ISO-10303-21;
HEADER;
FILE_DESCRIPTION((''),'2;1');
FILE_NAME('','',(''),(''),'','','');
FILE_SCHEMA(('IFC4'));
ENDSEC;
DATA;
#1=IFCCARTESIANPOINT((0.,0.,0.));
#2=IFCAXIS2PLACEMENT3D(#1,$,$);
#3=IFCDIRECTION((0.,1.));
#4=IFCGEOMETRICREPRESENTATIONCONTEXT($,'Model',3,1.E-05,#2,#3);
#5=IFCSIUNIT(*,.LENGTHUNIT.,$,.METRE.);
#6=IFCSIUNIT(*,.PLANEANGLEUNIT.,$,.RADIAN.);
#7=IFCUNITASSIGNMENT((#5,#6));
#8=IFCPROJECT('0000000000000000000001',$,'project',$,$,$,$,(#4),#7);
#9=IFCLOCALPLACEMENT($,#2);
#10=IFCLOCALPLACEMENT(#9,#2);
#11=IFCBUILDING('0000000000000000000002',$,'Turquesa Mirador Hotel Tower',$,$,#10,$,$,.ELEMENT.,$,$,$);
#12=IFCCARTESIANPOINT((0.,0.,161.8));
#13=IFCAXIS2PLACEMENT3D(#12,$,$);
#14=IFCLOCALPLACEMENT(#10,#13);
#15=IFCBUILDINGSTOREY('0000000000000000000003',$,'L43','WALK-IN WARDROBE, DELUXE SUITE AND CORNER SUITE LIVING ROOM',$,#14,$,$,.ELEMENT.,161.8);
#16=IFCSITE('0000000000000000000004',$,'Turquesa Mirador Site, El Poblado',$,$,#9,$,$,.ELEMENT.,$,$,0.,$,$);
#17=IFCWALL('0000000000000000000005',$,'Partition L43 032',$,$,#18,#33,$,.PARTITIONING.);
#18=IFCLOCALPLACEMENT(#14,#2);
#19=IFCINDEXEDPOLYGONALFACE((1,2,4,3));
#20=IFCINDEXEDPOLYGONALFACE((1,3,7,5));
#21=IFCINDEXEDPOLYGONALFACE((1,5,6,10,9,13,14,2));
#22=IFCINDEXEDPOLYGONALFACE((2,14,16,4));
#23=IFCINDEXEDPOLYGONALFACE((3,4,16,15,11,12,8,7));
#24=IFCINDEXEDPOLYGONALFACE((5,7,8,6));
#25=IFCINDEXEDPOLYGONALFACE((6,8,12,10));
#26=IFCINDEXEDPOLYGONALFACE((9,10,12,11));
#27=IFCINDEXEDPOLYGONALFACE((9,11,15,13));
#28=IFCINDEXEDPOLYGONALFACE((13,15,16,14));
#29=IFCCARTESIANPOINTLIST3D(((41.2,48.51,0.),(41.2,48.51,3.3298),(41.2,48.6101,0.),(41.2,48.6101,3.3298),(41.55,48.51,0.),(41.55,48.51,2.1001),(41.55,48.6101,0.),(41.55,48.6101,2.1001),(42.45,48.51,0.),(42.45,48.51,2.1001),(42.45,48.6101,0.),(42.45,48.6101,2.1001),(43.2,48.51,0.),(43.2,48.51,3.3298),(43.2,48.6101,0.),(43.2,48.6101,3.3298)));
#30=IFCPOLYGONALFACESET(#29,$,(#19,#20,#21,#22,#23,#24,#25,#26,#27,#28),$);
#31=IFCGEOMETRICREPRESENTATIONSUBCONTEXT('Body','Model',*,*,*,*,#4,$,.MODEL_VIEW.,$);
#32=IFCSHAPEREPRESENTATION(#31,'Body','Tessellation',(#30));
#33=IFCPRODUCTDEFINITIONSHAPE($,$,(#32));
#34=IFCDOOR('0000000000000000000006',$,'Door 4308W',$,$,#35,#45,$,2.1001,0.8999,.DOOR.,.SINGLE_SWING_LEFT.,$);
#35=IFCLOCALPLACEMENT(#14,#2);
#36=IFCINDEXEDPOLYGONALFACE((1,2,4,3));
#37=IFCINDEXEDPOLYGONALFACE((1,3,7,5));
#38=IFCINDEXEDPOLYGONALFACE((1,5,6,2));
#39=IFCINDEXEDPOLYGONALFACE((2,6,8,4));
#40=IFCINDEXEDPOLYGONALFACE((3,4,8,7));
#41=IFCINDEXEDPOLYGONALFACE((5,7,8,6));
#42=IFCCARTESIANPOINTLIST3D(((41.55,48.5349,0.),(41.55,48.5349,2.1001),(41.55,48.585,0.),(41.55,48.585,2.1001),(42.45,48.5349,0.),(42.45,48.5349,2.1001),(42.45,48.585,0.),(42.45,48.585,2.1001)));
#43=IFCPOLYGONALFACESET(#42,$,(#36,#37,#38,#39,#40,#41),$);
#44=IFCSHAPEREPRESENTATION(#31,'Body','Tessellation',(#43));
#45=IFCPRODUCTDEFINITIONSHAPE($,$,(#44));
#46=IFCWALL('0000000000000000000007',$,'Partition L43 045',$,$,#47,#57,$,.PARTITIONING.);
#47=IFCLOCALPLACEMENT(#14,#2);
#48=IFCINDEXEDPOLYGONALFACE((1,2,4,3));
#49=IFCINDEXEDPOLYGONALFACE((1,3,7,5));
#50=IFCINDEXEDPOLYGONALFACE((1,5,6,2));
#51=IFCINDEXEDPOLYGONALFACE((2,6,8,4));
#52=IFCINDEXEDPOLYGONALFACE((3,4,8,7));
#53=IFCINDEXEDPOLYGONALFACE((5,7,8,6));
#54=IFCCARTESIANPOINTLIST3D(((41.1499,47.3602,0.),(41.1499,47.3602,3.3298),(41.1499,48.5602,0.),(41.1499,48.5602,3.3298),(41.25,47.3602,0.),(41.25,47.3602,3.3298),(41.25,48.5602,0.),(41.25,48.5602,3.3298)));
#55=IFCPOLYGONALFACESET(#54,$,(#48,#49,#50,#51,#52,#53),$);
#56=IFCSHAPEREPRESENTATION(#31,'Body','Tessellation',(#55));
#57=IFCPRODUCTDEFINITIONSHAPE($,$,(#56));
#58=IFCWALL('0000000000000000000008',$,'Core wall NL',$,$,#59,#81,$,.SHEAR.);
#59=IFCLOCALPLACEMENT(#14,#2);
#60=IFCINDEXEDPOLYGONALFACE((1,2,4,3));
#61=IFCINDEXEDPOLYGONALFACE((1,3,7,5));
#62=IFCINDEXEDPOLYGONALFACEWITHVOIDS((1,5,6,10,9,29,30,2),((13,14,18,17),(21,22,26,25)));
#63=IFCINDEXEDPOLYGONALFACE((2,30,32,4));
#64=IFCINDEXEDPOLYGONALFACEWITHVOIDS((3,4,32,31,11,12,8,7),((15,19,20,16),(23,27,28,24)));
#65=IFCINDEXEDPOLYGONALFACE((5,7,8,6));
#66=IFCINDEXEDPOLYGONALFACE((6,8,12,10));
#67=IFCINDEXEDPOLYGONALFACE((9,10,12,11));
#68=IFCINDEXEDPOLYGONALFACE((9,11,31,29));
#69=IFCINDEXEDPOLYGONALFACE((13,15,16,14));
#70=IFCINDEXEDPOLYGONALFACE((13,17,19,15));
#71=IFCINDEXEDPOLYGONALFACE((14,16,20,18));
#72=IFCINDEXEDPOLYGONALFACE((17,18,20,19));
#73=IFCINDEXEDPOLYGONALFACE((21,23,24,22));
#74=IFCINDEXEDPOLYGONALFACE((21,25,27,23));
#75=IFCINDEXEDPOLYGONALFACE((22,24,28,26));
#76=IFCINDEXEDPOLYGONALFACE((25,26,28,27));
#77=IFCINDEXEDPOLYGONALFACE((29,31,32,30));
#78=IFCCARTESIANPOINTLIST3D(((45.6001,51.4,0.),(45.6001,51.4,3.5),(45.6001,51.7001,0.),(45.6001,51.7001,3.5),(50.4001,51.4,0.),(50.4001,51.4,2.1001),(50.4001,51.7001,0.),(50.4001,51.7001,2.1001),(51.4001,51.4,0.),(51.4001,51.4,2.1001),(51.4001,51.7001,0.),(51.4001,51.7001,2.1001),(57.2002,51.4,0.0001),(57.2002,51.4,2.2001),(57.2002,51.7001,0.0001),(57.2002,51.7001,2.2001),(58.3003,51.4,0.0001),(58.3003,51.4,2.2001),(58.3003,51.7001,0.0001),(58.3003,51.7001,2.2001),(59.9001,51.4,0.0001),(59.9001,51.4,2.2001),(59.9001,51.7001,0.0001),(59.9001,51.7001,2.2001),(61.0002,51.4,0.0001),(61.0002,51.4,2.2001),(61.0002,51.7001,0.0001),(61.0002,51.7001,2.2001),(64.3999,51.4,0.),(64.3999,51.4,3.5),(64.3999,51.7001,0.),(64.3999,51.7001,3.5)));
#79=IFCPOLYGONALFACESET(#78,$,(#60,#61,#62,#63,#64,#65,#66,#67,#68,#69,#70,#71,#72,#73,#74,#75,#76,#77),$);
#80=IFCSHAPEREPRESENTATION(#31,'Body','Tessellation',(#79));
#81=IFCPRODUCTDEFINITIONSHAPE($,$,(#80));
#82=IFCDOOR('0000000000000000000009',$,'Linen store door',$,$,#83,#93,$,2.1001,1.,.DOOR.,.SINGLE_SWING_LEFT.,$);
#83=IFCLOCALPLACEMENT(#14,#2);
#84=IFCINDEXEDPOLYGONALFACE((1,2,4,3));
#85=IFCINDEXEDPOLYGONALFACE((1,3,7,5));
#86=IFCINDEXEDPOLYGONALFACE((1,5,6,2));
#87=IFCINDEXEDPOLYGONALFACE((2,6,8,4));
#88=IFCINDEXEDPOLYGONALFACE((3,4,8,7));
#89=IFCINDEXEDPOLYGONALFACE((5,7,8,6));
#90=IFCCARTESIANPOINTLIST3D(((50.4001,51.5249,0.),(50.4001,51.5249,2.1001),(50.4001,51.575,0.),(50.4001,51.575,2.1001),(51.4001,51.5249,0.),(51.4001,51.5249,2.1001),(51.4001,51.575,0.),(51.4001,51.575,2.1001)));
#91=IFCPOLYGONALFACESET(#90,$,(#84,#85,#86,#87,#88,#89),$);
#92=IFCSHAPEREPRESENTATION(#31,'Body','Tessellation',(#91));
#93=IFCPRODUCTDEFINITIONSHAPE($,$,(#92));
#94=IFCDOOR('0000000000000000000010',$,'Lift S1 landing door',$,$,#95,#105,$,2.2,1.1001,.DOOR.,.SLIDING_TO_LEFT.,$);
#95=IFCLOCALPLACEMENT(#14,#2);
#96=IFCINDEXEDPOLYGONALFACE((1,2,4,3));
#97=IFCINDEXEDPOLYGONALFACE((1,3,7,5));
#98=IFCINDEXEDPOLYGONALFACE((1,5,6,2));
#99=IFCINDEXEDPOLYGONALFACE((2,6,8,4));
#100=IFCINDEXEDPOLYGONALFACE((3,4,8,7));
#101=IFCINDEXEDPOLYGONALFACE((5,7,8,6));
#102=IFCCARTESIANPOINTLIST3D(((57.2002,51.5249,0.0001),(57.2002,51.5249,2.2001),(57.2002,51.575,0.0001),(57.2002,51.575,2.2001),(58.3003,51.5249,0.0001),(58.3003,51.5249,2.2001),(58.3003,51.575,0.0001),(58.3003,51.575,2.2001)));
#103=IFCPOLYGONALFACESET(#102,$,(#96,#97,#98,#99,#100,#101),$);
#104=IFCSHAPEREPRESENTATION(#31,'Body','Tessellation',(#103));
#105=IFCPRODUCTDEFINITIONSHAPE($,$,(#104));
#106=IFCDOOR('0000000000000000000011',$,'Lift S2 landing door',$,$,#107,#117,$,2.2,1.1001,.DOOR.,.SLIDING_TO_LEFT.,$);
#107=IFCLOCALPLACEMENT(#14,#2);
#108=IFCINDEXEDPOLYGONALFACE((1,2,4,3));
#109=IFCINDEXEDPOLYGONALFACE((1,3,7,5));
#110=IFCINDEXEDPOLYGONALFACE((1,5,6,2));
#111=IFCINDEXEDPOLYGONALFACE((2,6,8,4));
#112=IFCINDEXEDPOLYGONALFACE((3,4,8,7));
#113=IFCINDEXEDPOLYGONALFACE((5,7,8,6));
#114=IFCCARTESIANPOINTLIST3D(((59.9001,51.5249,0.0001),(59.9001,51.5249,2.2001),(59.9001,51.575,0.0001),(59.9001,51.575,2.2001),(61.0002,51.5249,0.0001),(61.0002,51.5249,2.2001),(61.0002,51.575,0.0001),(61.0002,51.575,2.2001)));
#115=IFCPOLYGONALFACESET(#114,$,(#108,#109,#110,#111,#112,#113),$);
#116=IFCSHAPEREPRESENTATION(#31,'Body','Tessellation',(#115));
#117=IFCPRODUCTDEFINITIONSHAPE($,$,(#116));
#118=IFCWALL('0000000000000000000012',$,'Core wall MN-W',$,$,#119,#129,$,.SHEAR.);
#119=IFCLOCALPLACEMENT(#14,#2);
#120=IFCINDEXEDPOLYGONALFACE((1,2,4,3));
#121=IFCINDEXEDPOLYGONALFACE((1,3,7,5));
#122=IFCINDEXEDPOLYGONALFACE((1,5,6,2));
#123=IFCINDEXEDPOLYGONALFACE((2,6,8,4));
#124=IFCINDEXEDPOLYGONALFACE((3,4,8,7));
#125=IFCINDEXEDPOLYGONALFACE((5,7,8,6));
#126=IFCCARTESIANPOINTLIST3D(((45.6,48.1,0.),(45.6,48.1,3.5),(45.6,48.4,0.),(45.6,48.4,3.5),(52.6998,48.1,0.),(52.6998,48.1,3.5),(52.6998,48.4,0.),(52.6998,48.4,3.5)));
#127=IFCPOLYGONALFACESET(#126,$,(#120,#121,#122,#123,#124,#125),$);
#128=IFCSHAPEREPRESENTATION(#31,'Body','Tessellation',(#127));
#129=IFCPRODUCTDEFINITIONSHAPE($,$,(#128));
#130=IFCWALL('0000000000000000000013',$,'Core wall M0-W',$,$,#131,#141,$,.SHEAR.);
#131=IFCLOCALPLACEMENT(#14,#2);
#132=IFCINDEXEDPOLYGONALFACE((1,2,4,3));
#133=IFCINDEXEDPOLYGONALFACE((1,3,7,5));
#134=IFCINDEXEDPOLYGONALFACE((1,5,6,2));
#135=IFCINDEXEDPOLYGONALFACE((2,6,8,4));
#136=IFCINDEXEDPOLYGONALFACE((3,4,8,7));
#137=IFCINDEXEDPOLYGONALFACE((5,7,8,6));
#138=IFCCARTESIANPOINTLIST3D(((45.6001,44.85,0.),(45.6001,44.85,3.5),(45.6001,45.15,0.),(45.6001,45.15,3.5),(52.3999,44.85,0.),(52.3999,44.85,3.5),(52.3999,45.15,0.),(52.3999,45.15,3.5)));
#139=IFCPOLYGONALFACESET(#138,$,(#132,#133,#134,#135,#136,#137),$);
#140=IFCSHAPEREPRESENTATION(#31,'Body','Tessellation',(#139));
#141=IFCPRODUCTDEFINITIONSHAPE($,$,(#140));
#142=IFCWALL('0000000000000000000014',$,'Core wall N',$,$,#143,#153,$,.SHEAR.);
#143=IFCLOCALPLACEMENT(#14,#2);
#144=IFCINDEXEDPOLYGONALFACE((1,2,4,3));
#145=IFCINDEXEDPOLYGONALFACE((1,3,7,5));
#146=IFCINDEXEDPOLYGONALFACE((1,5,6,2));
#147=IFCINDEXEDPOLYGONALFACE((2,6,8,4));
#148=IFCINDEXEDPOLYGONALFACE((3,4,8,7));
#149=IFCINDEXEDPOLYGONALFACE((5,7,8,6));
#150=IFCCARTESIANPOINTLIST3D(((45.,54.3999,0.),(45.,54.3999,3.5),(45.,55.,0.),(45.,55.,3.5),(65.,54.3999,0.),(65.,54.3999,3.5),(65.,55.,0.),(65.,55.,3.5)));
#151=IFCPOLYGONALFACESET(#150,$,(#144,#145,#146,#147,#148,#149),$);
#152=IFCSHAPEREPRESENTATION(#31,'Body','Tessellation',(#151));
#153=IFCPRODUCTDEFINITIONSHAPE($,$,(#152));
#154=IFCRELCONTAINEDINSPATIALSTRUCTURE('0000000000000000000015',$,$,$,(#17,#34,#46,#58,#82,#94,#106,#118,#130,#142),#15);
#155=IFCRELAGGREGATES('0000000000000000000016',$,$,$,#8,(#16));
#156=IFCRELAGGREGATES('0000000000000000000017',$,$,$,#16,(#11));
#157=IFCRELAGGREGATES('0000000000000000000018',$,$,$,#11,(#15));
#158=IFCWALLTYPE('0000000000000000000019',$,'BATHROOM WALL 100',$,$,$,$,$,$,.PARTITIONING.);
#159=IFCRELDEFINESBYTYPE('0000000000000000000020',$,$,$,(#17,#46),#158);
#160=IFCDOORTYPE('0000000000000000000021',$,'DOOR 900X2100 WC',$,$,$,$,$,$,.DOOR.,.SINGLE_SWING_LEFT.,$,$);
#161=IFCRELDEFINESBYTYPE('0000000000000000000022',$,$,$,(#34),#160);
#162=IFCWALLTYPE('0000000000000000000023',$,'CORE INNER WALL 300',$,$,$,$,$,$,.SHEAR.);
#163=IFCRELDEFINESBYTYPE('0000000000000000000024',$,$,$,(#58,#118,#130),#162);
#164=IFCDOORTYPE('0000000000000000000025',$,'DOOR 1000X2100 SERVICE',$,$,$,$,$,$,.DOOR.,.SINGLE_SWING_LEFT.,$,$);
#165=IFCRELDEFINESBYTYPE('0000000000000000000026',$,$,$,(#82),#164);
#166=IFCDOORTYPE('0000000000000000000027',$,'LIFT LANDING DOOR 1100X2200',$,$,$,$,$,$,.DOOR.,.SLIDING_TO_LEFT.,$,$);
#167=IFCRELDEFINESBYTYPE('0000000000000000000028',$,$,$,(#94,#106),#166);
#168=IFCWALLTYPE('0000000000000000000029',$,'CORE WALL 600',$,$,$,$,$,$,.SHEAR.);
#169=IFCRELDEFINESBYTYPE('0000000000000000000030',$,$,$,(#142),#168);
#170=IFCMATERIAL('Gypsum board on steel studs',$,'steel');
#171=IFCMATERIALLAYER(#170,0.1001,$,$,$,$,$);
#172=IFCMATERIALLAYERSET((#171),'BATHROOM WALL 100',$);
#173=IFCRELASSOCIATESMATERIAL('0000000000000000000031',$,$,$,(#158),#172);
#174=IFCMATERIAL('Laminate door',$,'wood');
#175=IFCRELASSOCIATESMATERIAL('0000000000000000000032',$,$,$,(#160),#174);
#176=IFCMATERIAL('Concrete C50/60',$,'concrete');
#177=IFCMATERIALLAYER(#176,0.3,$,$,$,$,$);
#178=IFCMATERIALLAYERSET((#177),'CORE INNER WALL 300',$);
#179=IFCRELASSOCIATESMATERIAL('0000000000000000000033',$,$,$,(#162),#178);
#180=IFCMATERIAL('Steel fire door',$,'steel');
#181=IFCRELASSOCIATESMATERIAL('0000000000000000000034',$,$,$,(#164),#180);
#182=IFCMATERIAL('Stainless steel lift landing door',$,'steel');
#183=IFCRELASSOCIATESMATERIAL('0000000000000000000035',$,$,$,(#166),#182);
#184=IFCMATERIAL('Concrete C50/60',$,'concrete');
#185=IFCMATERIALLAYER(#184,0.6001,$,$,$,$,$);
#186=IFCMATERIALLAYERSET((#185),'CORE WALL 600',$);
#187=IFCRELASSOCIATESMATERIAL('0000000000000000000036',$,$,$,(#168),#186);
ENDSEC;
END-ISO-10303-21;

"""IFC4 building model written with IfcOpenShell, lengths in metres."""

from ifc_helpers import new_model, si_unit, direction, frame, frame_2d, origin, place, context, subcontext, project, spatial, rectangle, extrude, material, layer, layer_set, type_object, element, fill, save


model = new_model("IFC4")

# Units and contexts
model_context = context("Model", 3, precision=1e-05, world=origin(), true_north=direction((0.0, 1.0)))
body_context = subcontext(model_context, "Body", "Model", "MODEL_VIEW")
ifc_project = project(units=[si_unit("LENGTHUNIT", "METRE"), si_unit("PLANEANGLEUNIT", "RADIAN")], contexts=[model_context])

# Site, building, storey
site_placement = place(None, origin())
site = spatial("IfcSite", under=ifc_project, at=site_placement, Name="Turquesa Mirador Site, El Poblado", CompositionType="ELEMENT", RefElevation=0.0)
building_placement = place(site_placement, origin())
building = spatial("IfcBuilding", under=site, at=building_placement, Name="Turquesa Mirador Hotel Tower", CompositionType="ELEMENT")
storey_placement = place(building_placement, frame((0.0, 0.0, 161.8)))
storey = spatial("IfcBuildingStorey", under=building, at=storey_placement, Name="L43", Description="WALK-IN WARDROBE, DELUXE SUITE AND CORNER SUITE LIVING ROOM", CompositionType="ELEMENT", Elevation=161.8)

# Wall, opening, door
ifc_material_1 = material(Name="Gypsum board on steel studs", Category="steel")
ifc_layer_1 = layer(ifc_material_1, 0.1001)
ifc_layer_set_1 = layer_set([ifc_layer_1], Name="BATHROOM WALL 100")
wall_type_1 = type_object("IfcWallType", Name="BATHROOM WALL 100", PredefinedType="PARTITIONING", material=ifc_layer_set_1)
wall_1_placement = place(storey_placement, frame((41.2, 48.5601, 0.0), z_axis=(0.0, 0.0, 1.0), x_axis=(1.0, 0.0, 0.0)))
wall_1 = element("IfcWall", 1, at=wall_1_placement, inside=storey, type_object=wall_type_1, Name="Partition L43 032", PredefinedType="PARTITIONING", context=body_context, shape_type="SweptSolid", body=[
    extrude(rectangle(XDim=2.0, YDim=0.1001, at=frame_2d((1.0, 0.0))), origin(), (0.0, 0.0, 1.0), 3.3298),
])
opening_1_placement = place(wall_1_placement, frame((0.3501, 0.0, 0.0)))
opening_1 = element("IfcOpeningElement", 2, at=opening_1_placement, cuts=wall_1, PredefinedType="OPENING", context=body_context, shape_type="SweptSolid", body=[
    extrude(rectangle(XDim=0.8999, YDim=2.1001, at=frame_2d((0.45, 1.05))), frame((0.0, 0.0601, 0.0), z_axis=(0.0, -1.0, 0.0), x_axis=(1.0, 0.0, 0.0)), (0.0, 0.0, 1.0), 0.1201),
])
ifc_material_2 = material(Name="Laminate door", Category="wood")
door_type_1 = type_object("IfcDoorType", Name="DOOR 900X2100 WC", OperationType="SINGLE_SWING_LEFT", PredefinedType="DOOR", material=ifc_material_2)
door_1_placement = place(opening_1_placement, origin())
door_1 = element("IfcDoor", 3, at=door_1_placement, inside=storey, type_object=door_type_1, Name="Door 4308W", OperationType="SINGLE_SWING_LEFT", OverallHeight=2.1001, OverallWidth=0.8999, PredefinedType="DOOR", context=body_context, shape_type="SweptSolid", body=[
    extrude(rectangle(XDim=0.8999, YDim=2.1001, at=frame_2d((0.45, 1.05))), frame((0.0, 0.0249, 0.0), z_axis=(0.0, -1.0, 0.0), x_axis=(1.0, 0.0, 0.0)), (0.0, 0.0, 1.0), 0.05),
])
fill(opening_1, door_1)

# Wall
wall_2_placement = place(storey_placement, frame((41.2, 47.3601, 0.0), z_axis=(0.0, 0.0, 1.0), x_axis=(0.0, 1.0, 0.0)))
element("IfcWall", 4, at=wall_2_placement, inside=storey, type_object=wall_type_1, Name="Partition L43 045", PredefinedType="PARTITIONING", context=body_context, shape_type="SweptSolid", body=[
    extrude(rectangle(XDim=1.2, YDim=0.1001, at=frame_2d((0.6001, 0.0))), origin(), (0.0, 0.0, 1.0), 3.3298),
])

# Wall, openings, doors
ifc_material_3 = material(Name="Concrete C50/60", Category="concrete")
ifc_layer_2 = layer(ifc_material_3, 0.3)
ifc_layer_set_2 = layer_set([ifc_layer_2], Name="CORE INNER WALL 300")
wall_type_2 = type_object("IfcWallType", Name="CORE INNER WALL 300", PredefinedType="SHEAR", material=ifc_layer_set_2)
wall_3_placement = place(storey_placement, frame((45.6001, 51.55, 0.0), z_axis=(0.0, 0.0, 1.0), x_axis=(1.0, 0.0, 0.0)))
wall_3 = element("IfcWall", 5, at=wall_3_placement, inside=storey, type_object=wall_type_2, Name="Core wall NL", PredefinedType="SHEAR", context=body_context, shape_type="SweptSolid", body=[
    extrude(rectangle(XDim=18.7998, YDim=0.3, at=frame_2d((9.3999, 0.0))), origin(), (0.0, 0.0, 1.0), 3.5),
])
opening_2_placement = place(wall_3_placement, frame((4.8, 0.0, 0.0)))
opening_2 = element("IfcOpeningElement", 6, at=opening_2_placement, cuts=wall_3, PredefinedType="OPENING", context=body_context, shape_type="SweptSolid", body=[
    extrude(rectangle(XDim=1.0, YDim=2.1001, at=frame_2d((0.5, 1.05))), frame((0.0, 0.1599, 0.0), z_axis=(0.0, -1.0, 0.0), x_axis=(1.0, 0.0, 0.0)), (0.0, 0.0, 1.0), 0.3201),
])
opening_3_placement = place(wall_3_placement, frame((11.6001, 0.0, 0.0)))
opening_3 = element("IfcOpeningElement", 7, at=opening_3_placement, cuts=wall_3, PredefinedType="OPENING", context=body_context, shape_type="SweptSolid", body=[
    extrude(rectangle(XDim=1.1001, YDim=2.2, at=frame_2d((0.55, 1.1001))), frame((0.0, 0.1599, 0.0), z_axis=(0.0, -1.0, 0.0), x_axis=(1.0, 0.0, 0.0)), (0.0, 0.0, 1.0), 0.3201),
])
opening_4_placement = place(wall_3_placement, frame((14.3, 0.0, 0.0)))
opening_4 = element("IfcOpeningElement", 8, at=opening_4_placement, cuts=wall_3, PredefinedType="OPENING", context=body_context, shape_type="SweptSolid", body=[
    extrude(rectangle(XDim=1.1001, YDim=2.2, at=frame_2d((0.55, 1.1001))), frame((0.0, 0.1599, 0.0), z_axis=(0.0, -1.0, 0.0), x_axis=(1.0, 0.0, 0.0)), (0.0, 0.0, 1.0), 0.3201),
])
ifc_material_4 = material(Name="Steel fire door", Category="steel")
door_type_2 = type_object("IfcDoorType", Name="DOOR 1000X2100 SERVICE", OperationType="SINGLE_SWING_LEFT", PredefinedType="DOOR", material=ifc_material_4)
door_2_placement = place(opening_2_placement, origin())
door_2 = element("IfcDoor", 9, at=door_2_placement, inside=storey, type_object=door_type_2, Name="Linen store door", OperationType="SINGLE_SWING_LEFT", OverallHeight=2.1001, OverallWidth=1.0, PredefinedType="DOOR", context=body_context, shape_type="SweptSolid", body=[
    extrude(rectangle(XDim=1.0, YDim=2.1001, at=frame_2d((0.5, 1.05))), frame((0.0, 0.0249, 0.0), z_axis=(0.0, -1.0, 0.0), x_axis=(1.0, 0.0, 0.0)), (0.0, 0.0, 1.0), 0.05),
])
fill(opening_2, door_2)
ifc_material_5 = material(Name="Stainless steel lift landing door", Category="steel")
door_type_3 = type_object("IfcDoorType", Name="LIFT LANDING DOOR 1100X2200", OperationType="SLIDING_TO_LEFT", PredefinedType="DOOR", material=ifc_material_5)
door_3_placement = place(opening_3_placement, origin())
door_3 = element("IfcDoor", 10, at=door_3_placement, inside=storey, type_object=door_type_3, Name="Lift S1 landing door", OperationType="SLIDING_TO_LEFT", OverallHeight=2.2, OverallWidth=1.1001, PredefinedType="DOOR", context=body_context, shape_type="SweptSolid", body=[
    extrude(rectangle(XDim=1.1001, YDim=2.2, at=frame_2d((0.55, 1.1001))), frame((0.0, 0.0249, 0.0), z_axis=(0.0, -1.0, 0.0), x_axis=(1.0, 0.0, 0.0)), (0.0, 0.0, 1.0), 0.05),
])
fill(opening_3, door_3)
door_4_placement = place(opening_4_placement, origin())
door_4 = element("IfcDoor", 11, at=door_4_placement, inside=storey, type_object=door_type_3, Name="Lift S2 landing door", OperationType="SLIDING_TO_LEFT", OverallHeight=2.2, OverallWidth=1.1001, PredefinedType="DOOR", context=body_context, shape_type="SweptSolid", body=[
    extrude(rectangle(XDim=1.1001, YDim=2.2, at=frame_2d((0.55, 1.1001))), frame((0.0, 0.0249, 0.0), z_axis=(0.0, -1.0, 0.0), x_axis=(1.0, 0.0, 0.0)), (0.0, 0.0, 1.0), 0.05),
])
fill(opening_4, door_4)

# Walls
wall_4_placement = place(storey_placement, frame((45.6001, 48.25, 0.0), z_axis=(0.0, 0.0, 1.0), x_axis=(1.0, 0.0, 0.0)))
element("IfcWall", 12, at=wall_4_placement, inside=storey, type_object=wall_type_2, Name="Core wall MN-W", PredefinedType="SHEAR", context=body_context, shape_type="SweptSolid", body=[
    extrude(rectangle(XDim=7.0999, YDim=0.3, at=frame_2d((3.5498, 0.0))), origin(), (0.0, 0.0, 1.0), 3.5),
])
wall_5_placement = place(storey_placement, frame((45.6001, 45.0, 0.0), z_axis=(0.0, 0.0, 1.0), x_axis=(1.0, 0.0, 0.0)))
element("IfcWall", 13, at=wall_5_placement, inside=storey, type_object=wall_type_2, Name="Core wall M0-W", PredefinedType="SHEAR", context=body_context, shape_type="SweptSolid", body=[
    extrude(rectangle(XDim=6.7998, YDim=0.3, at=frame_2d((3.3999, 0.0))), origin(), (0.0, 0.0, 1.0), 3.5),
])
ifc_material_6 = material(Name="Concrete C50/60", Category="concrete")
ifc_layer_3 = layer(ifc_material_6, 0.6001)
ifc_layer_set_3 = layer_set([ifc_layer_3], Name="CORE WALL 600")
wall_type_3 = type_object("IfcWallType", Name="CORE WALL 600", PredefinedType="SHEAR", material=ifc_layer_set_3)
wall_6_placement = place(storey_placement, frame((45.0, 54.7, 0.0), z_axis=(0.0, 0.0, 1.0), x_axis=(1.0, 0.0, 0.0)))
element("IfcWall", 14, at=wall_6_placement, inside=storey, type_object=wall_type_3, Name="Core wall N", PredefinedType="SHEAR", context=body_context, shape_type="SweptSolid", body=[
    extrude(rectangle(XDim=20.0, YDim=0.6001, at=frame_2d((10.0, 0.0))), origin(), (0.0, 0.0, 1.0), 3.5),
])

save(model, "model.ifc")
